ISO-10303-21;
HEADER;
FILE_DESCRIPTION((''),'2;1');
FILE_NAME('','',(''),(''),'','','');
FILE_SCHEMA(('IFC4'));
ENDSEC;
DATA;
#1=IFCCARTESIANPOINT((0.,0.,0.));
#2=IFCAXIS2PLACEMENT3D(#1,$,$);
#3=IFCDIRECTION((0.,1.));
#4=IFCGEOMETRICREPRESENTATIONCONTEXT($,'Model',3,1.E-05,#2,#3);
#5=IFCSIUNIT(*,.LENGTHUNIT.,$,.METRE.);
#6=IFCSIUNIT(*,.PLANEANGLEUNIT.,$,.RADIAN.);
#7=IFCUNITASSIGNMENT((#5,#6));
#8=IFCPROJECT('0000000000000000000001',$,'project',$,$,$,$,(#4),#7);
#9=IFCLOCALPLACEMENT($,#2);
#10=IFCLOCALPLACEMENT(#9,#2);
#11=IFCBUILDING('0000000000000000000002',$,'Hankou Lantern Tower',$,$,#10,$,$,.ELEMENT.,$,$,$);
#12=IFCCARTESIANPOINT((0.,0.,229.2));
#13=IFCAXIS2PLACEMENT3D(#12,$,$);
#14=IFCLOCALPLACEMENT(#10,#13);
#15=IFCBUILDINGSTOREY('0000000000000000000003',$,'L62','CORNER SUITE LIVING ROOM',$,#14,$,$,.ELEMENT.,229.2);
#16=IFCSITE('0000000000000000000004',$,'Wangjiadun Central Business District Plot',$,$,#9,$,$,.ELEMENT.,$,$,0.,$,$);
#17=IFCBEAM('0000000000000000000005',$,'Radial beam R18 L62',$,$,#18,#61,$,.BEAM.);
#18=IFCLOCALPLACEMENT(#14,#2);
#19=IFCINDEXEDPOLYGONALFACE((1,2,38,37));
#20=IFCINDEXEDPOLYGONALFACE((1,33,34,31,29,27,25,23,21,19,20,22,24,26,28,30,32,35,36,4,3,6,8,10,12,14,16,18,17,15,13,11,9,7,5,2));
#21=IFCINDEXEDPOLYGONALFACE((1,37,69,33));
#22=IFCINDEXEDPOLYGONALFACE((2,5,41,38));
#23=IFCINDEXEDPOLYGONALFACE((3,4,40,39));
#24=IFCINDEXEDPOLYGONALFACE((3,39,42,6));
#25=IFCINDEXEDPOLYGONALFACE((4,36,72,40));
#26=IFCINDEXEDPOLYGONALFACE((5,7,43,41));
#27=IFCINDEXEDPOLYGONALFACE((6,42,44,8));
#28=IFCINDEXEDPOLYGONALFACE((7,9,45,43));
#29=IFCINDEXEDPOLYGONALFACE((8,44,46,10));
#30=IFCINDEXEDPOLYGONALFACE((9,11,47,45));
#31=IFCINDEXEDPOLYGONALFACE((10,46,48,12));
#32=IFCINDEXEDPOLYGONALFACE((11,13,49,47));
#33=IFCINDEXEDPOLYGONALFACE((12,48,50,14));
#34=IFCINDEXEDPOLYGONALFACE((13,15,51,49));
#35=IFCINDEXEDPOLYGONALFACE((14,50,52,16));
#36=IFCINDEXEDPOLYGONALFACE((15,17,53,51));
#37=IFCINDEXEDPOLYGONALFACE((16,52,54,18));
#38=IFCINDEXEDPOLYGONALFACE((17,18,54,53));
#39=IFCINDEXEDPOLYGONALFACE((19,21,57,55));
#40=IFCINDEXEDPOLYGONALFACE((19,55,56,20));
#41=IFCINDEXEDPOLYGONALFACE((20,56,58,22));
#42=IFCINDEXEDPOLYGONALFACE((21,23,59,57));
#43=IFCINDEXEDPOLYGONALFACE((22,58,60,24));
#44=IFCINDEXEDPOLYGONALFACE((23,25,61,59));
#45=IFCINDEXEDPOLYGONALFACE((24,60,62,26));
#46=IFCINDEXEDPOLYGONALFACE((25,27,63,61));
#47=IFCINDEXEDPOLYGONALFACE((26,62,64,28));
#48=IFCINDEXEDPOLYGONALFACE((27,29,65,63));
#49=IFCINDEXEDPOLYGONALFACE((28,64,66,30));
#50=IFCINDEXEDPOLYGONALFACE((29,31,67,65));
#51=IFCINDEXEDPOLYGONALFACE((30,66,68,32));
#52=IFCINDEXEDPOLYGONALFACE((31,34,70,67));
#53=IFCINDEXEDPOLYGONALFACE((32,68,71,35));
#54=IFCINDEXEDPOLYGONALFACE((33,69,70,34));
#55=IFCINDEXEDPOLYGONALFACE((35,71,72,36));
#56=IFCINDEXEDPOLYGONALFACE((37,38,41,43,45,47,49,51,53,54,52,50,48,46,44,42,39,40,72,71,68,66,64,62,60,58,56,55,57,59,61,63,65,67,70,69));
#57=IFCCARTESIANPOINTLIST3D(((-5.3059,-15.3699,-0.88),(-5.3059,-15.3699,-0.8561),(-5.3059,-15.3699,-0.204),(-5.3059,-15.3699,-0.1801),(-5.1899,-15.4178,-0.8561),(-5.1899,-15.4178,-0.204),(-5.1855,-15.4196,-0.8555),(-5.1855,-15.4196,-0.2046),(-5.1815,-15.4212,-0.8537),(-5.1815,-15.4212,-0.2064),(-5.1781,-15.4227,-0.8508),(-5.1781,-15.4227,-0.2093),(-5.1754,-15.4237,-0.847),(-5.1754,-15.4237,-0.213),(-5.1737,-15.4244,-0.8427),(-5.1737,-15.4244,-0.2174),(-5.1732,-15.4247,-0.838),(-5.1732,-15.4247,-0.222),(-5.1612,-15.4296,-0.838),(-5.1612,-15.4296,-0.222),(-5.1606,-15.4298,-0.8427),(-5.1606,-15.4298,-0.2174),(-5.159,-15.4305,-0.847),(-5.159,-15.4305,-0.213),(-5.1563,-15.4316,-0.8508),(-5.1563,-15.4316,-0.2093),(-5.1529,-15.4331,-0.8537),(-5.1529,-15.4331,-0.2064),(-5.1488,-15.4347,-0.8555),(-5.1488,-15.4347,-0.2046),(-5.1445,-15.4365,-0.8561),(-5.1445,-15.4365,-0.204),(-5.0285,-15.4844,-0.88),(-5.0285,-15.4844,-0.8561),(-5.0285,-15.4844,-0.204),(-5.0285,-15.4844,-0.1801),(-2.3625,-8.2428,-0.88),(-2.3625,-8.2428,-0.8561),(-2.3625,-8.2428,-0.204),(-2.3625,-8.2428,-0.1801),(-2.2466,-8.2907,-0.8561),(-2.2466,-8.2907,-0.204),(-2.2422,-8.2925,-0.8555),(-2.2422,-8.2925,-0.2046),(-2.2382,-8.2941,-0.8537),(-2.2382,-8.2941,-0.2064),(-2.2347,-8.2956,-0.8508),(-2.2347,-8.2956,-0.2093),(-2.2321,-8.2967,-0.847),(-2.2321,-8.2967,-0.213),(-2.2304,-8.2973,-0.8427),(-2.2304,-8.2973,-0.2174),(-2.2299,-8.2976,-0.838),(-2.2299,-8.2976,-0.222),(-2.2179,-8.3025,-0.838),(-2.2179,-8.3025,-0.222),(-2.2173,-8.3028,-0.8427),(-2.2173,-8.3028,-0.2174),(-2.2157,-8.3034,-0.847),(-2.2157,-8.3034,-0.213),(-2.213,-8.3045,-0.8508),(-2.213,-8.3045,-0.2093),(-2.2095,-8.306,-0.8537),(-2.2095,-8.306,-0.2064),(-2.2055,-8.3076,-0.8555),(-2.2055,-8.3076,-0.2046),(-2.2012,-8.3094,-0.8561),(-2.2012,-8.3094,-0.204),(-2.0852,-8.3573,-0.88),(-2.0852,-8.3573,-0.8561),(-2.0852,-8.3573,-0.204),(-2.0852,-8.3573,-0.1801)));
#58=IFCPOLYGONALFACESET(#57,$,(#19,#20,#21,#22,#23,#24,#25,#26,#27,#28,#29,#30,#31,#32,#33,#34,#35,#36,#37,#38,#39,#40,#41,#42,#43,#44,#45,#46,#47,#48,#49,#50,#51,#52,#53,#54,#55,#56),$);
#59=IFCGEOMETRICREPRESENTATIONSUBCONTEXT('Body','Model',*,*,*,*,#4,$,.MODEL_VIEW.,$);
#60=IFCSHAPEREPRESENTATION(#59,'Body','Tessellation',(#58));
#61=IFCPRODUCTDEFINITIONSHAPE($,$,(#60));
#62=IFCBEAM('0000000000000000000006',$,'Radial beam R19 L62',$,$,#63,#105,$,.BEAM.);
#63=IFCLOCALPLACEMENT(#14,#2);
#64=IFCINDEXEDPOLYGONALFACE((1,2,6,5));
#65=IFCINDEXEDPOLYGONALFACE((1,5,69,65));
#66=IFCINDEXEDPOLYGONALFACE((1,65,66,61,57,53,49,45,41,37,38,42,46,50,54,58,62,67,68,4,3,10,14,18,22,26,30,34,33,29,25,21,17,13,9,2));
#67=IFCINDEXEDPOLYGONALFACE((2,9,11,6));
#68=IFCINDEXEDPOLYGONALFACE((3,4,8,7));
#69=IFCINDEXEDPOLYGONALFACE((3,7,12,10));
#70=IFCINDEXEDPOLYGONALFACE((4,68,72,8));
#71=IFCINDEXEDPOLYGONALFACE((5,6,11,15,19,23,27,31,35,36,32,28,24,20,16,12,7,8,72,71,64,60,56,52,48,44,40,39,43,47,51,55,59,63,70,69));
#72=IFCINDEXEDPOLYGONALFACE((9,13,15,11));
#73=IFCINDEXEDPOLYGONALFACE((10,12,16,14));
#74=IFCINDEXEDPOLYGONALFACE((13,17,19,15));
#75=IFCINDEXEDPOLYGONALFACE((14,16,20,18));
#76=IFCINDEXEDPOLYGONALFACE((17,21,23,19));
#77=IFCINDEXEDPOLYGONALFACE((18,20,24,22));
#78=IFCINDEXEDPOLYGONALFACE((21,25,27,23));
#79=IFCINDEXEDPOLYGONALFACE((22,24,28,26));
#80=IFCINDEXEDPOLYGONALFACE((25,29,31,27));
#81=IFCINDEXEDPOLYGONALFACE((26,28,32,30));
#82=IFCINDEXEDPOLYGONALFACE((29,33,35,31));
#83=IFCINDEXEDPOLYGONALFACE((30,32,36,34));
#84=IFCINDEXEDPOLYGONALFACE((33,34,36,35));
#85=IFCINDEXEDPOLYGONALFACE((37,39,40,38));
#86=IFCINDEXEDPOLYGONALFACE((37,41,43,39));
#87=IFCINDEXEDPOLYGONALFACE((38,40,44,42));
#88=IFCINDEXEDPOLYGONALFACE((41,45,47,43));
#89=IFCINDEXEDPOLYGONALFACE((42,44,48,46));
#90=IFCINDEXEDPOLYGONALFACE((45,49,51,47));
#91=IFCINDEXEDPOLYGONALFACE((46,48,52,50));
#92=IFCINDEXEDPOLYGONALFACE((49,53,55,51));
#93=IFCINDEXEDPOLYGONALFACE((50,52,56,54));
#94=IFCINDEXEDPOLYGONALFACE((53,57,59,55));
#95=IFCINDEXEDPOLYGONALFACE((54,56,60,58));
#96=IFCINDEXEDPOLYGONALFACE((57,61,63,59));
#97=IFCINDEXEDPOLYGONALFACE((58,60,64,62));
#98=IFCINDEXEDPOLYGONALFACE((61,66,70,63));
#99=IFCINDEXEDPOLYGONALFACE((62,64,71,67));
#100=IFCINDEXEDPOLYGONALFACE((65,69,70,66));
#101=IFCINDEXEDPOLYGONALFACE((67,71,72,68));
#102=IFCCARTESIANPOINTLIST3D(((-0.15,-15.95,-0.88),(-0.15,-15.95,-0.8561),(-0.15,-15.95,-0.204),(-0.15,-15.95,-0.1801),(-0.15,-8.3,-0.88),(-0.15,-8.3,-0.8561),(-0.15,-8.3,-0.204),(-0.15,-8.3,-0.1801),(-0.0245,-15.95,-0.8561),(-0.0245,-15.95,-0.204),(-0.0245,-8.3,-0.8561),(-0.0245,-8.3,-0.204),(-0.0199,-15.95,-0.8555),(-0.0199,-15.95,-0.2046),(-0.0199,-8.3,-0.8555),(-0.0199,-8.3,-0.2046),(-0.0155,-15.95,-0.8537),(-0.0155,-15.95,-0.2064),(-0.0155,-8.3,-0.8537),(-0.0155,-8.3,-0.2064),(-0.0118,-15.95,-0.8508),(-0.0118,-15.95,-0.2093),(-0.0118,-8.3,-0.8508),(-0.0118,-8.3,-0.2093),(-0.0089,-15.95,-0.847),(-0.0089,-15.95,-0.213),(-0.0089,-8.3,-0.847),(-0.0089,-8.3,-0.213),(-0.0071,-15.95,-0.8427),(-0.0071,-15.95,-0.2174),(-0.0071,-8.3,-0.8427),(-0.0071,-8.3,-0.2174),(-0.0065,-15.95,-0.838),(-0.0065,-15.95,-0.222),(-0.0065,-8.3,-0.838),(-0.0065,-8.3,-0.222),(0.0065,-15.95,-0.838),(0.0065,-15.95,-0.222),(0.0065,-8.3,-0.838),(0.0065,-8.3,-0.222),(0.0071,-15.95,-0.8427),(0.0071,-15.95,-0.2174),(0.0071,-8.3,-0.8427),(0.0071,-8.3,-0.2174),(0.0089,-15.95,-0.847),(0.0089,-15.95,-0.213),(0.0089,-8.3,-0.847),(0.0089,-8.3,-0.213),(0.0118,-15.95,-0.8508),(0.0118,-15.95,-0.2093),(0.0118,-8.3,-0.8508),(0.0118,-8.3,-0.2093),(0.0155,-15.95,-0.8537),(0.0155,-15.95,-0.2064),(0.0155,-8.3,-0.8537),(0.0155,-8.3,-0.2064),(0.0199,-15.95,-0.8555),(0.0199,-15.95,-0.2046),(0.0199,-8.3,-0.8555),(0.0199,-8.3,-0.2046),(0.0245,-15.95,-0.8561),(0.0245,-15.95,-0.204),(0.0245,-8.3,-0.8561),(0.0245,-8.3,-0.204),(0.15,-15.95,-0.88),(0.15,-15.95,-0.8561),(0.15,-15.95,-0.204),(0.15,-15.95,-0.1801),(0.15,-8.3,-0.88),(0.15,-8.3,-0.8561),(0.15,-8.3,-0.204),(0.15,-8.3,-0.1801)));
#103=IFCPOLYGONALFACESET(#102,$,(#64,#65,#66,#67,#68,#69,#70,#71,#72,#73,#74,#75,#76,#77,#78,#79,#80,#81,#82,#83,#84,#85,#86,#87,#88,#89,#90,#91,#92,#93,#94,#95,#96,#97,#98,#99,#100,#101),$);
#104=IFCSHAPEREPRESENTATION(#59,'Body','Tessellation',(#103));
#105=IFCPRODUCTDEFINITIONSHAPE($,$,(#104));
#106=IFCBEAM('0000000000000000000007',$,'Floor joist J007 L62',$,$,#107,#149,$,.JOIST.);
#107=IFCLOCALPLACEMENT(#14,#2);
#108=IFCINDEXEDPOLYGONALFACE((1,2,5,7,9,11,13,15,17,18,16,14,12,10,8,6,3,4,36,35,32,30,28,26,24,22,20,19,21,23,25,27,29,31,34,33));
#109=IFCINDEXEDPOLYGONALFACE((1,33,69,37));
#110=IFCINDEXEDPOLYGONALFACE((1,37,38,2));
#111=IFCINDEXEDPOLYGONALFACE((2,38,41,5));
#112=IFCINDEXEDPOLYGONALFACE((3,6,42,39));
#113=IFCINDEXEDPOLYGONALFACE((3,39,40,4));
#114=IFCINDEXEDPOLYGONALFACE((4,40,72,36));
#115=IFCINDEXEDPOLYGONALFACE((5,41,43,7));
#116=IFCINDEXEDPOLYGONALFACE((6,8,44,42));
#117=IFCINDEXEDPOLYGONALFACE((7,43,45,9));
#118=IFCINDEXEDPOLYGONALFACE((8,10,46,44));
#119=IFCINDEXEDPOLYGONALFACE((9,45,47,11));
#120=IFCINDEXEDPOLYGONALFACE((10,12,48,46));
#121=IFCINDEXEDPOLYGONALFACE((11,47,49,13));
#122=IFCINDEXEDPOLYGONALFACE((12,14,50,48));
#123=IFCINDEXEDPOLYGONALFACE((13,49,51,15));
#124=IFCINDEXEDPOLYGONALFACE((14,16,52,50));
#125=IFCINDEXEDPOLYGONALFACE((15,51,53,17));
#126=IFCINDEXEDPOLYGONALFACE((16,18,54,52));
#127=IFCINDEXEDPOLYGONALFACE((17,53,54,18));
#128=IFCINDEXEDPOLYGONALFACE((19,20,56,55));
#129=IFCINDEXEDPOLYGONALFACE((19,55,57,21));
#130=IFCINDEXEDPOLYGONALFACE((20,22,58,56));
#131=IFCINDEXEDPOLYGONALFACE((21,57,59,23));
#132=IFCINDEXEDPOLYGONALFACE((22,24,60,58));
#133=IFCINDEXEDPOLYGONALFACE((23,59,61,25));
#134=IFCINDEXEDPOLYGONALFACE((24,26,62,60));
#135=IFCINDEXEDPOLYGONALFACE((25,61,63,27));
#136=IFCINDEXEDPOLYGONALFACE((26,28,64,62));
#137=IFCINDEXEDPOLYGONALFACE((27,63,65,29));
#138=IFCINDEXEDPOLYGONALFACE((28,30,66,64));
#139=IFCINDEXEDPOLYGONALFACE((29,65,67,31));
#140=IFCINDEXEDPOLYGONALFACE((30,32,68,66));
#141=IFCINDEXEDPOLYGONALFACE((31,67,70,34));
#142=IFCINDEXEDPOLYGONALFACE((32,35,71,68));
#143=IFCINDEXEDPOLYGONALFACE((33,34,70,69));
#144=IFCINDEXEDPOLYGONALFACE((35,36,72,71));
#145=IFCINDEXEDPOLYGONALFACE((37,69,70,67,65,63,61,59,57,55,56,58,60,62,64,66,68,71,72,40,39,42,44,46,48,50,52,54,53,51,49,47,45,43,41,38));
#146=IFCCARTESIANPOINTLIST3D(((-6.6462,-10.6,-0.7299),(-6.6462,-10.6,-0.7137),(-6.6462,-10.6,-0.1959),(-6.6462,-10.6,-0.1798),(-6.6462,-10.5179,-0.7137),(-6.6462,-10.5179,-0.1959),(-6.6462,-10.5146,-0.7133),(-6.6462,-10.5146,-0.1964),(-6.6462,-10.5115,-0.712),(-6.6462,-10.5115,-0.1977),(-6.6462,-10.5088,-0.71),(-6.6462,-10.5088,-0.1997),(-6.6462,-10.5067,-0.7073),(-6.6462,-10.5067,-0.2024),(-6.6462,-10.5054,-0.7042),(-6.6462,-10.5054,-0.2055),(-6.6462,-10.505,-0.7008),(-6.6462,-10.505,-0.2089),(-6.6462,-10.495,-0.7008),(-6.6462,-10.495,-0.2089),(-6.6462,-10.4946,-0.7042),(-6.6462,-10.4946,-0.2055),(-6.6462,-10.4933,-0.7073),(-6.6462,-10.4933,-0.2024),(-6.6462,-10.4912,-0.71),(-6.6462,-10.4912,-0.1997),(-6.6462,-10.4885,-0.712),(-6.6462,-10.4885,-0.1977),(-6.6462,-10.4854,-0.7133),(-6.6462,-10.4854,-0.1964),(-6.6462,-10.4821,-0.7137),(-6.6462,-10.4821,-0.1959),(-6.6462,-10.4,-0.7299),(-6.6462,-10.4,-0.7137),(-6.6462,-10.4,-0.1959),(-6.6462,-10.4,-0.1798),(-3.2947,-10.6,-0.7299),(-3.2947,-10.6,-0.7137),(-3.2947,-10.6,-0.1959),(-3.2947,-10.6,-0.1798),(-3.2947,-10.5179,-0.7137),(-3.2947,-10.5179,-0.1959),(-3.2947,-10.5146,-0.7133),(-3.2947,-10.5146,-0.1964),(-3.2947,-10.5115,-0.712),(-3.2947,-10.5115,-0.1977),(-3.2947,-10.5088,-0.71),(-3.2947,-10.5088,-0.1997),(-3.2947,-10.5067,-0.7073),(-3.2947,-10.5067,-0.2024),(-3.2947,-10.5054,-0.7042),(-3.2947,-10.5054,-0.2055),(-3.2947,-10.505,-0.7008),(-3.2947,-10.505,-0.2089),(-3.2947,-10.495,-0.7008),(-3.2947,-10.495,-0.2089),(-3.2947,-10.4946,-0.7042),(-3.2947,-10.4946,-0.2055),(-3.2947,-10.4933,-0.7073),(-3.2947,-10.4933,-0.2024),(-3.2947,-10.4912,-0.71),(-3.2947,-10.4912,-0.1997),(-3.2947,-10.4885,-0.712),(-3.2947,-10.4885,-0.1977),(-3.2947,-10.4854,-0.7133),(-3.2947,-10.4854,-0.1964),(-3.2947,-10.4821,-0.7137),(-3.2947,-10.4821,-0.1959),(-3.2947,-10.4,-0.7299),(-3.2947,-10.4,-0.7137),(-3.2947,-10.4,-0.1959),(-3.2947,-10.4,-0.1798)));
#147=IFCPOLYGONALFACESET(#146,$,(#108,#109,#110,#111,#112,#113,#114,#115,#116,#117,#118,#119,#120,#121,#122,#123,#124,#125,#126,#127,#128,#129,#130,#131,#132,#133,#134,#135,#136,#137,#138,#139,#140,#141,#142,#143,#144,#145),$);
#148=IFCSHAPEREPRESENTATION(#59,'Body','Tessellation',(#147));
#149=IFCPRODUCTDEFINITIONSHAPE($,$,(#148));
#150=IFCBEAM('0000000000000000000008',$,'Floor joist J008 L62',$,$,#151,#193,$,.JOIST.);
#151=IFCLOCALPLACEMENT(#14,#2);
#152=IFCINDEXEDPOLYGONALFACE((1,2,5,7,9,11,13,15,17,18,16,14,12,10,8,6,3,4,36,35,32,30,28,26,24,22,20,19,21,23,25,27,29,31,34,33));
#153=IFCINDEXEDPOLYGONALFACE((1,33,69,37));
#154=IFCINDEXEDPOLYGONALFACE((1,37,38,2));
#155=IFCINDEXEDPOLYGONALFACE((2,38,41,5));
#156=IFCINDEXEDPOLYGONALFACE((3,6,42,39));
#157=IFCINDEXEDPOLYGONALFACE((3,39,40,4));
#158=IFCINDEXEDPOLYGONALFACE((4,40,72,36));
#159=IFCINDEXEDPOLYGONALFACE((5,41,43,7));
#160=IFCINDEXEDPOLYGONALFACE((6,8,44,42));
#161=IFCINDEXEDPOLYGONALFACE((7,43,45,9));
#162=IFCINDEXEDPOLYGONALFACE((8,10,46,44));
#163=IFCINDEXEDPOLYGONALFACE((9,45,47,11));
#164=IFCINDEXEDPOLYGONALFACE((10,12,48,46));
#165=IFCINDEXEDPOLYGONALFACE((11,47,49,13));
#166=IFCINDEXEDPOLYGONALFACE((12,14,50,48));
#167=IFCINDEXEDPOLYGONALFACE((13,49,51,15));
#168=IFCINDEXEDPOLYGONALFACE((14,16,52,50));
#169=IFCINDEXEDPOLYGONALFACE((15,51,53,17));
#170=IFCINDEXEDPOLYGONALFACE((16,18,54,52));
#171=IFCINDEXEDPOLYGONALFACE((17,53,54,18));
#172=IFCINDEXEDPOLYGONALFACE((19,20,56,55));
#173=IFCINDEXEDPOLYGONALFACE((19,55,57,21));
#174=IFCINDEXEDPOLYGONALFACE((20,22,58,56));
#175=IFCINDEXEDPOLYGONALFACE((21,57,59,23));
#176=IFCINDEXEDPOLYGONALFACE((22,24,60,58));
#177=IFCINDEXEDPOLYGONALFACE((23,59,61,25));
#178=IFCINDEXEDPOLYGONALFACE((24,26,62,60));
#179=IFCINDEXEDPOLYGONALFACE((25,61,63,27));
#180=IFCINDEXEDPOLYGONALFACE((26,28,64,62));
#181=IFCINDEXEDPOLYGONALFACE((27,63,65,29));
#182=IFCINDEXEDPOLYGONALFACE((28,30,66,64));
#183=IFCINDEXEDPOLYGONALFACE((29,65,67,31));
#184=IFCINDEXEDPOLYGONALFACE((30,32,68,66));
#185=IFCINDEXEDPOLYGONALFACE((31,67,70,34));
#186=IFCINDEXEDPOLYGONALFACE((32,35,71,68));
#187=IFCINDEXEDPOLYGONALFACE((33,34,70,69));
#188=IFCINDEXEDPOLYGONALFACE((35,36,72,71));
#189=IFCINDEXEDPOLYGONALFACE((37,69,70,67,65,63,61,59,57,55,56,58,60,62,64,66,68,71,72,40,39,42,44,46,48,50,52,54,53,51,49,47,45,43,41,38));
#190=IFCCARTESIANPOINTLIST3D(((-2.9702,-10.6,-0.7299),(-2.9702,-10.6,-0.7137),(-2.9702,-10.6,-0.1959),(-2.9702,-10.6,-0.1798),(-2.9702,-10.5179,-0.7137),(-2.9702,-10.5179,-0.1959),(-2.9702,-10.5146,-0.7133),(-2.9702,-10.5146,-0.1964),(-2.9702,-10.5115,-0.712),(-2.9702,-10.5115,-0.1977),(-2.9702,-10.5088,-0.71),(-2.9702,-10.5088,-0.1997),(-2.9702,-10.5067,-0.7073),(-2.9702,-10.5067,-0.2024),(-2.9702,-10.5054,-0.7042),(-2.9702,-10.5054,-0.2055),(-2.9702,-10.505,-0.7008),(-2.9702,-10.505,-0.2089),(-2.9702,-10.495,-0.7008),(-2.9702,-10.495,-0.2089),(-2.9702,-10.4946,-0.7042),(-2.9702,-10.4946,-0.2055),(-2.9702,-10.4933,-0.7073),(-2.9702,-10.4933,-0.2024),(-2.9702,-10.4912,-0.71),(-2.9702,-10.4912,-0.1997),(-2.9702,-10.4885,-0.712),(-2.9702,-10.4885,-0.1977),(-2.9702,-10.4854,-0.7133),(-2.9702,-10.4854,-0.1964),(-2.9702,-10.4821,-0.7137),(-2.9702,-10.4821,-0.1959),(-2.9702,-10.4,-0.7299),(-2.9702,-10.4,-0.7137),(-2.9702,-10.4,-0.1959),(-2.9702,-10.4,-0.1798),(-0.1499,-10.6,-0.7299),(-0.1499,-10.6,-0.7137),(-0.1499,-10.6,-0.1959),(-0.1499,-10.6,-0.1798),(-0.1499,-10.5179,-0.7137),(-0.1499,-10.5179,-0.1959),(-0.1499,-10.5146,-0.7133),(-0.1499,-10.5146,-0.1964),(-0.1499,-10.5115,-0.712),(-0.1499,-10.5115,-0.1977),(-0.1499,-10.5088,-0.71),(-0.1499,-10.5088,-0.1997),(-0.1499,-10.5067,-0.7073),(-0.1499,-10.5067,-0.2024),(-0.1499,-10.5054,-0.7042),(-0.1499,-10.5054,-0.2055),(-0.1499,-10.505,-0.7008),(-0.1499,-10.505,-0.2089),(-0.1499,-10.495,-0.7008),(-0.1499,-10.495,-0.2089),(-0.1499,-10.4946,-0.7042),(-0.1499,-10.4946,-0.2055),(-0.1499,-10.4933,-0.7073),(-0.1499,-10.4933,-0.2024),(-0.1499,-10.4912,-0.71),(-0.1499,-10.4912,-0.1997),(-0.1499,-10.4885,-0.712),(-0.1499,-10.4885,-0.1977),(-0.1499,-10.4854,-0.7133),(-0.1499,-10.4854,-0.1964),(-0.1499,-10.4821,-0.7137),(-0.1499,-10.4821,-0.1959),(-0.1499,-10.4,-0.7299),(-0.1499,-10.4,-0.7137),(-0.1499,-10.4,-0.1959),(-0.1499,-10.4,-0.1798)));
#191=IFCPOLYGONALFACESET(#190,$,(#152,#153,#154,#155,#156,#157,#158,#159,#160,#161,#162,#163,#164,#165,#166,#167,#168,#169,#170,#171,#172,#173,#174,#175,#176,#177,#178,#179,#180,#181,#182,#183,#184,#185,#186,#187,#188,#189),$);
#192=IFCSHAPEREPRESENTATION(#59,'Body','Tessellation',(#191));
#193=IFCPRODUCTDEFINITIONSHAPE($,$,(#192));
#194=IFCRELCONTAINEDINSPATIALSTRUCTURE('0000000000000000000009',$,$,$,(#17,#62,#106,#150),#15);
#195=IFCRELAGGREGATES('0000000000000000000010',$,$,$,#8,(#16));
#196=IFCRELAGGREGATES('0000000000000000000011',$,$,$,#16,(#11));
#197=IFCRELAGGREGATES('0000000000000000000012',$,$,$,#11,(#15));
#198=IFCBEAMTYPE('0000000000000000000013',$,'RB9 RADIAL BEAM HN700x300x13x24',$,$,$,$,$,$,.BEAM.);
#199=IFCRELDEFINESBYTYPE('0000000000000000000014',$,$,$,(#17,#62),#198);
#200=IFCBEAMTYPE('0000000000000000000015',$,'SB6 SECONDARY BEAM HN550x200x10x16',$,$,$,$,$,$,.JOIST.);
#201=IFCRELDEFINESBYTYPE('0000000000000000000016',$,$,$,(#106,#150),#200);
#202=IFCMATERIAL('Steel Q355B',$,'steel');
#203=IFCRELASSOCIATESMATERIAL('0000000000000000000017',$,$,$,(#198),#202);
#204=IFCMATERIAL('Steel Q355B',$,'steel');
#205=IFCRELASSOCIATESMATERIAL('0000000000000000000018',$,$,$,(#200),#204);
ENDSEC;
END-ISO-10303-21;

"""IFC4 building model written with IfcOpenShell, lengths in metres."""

from ifc_helpers import new_model, si_unit, direction, frame, origin, origin_2d, place, context, subcontext, project, spatial, i_section, extrude, material, material_profile, profile_set, type_object, element, save


model = new_model("IFC4")

# Units and contexts
model_context = context("Model", 3, precision=1e-05, world=origin(), true_north=direction((0.0, 1.0)))
body_context = subcontext(model_context, "Body", "Model", "MODEL_VIEW")
ifc_project = project(units=[si_unit("LENGTHUNIT", "METRE"), si_unit("PLANEANGLEUNIT", "RADIAN")], contexts=[model_context])

# Site, building, storey
site_placement = place(None, origin())
site = spatial("IfcSite", under=ifc_project, at=site_placement, Name="Wangjiadun Central Business District Plot", CompositionType="ELEMENT", RefElevation=0.0)
building_placement = place(site_placement, origin())
building = spatial("IfcBuilding", under=site, at=building_placement, Name="Hankou Lantern Tower", CompositionType="ELEMENT")
storey_placement = place(building_placement, frame((0.0, 0.0, 229.2)))
storey = spatial("IfcBuildingStorey", under=building, at=storey_placement, Name="L62", Description="CORNER SUITE LIVING ROOM", CompositionType="ELEMENT", Elevation=229.2)

# Beams
ifc_material_1 = material(Name="Steel Q355B", Category="steel")
ifc_material_profile_1 = material_profile(ifc_material_1, i_section(OverallWidth=0.3, OverallDepth=0.7, WebThickness=0.0129, FlangeThickness=0.0239, FilletRadius=0.0181, at=origin_2d()), Name="HN700x300x13x24")
ifc_profile_set_1 = profile_set([ifc_material_profile_1], Name="Steel Q355B")
beam_type_1 = type_object("IfcBeamType", Name="RB9 RADIAL BEAM HN700x300x13x24", PredefinedType="BEAM", material=ifc_profile_set_1)
beam_1_placement = place(storey_placement, frame((-2.2239, -8.3, -0.53), z_axis=(-0.381707, -0.924284, 0.0), x_axis=(0.924284, -0.381707, 0.0)))
element("IfcBeam", 1, at=beam_1_placement, inside=storey, type_object=beam_type_1, Name="Radial beam R18 L62", PredefinedType="BEAM", context=body_context, shape_type="SweptSolid", body=[
    extrude(i_section(OverallWidth=0.3, OverallDepth=0.7, WebThickness=0.0129, FlangeThickness=0.0239, FilletRadius=0.0181, at=origin_2d()), origin(), (0.0, 0.0, 1.0), 7.7109),
])
beam_2_placement = place(storey_placement, frame((0.0, -8.3, -0.53), z_axis=(0.0, -1.0, 0.0), x_axis=(1.0, 0.0, 0.0)))
element("IfcBeam", 2, at=beam_2_placement, inside=storey, type_object=beam_type_1, Name="Radial beam R19 L62", PredefinedType="BEAM", context=body_context, shape_type="SweptSolid", body=[
    extrude(i_section(OverallWidth=0.3, OverallDepth=0.7, WebThickness=0.0129, FlangeThickness=0.0239, FilletRadius=0.0181, at=origin_2d()), origin(), (0.0, 0.0, 1.0), 7.6499),
])
ifc_material_2 = material(Name="Steel Q355B", Category="steel")
ifc_material_profile_2 = material_profile(ifc_material_2, i_section(OverallWidth=0.2, OverallDepth=0.55, WebThickness=0.01, FlangeThickness=0.0161, FilletRadius=0.0129, at=origin_2d()), Name="HN550x200x10x16")
ifc_profile_set_2 = profile_set([ifc_material_profile_2], Name="Steel Q355B")
beam_type_2 = type_object("IfcBeamType", Name="SB6 SECONDARY BEAM HN550x200x10x16", PredefinedType="JOIST", material=ifc_profile_set_2)
beam_3_placement = place(storey_placement, frame((-6.6462, -10.5, -0.4548), z_axis=(1.0, 0.0, 0.0), x_axis=(0.0, 1.0, 0.0)))
element("IfcBeam", 3, at=beam_3_placement, inside=storey, type_object=beam_type_2, Name="Floor joist J007 L62", PredefinedType="JOIST", context=body_context, shape_type="SweptSolid", body=[
    extrude(i_section(OverallWidth=0.2, OverallDepth=0.55, WebThickness=0.01, FlangeThickness=0.0161, FilletRadius=0.0129, at=origin_2d()), origin(), (0.0, 0.0, 1.0), 3.3516),
])
beam_4_placement = place(storey_placement, frame((-2.9702, -10.5, -0.4548), z_axis=(1.0, 0.0, 0.0), x_axis=(0.0, 1.0, 0.0)))
element("IfcBeam", 4, at=beam_4_placement, inside=storey, type_object=beam_type_2, Name="Floor joist J008 L62", PredefinedType="JOIST", context=body_context, shape_type="SweptSolid", body=[
    extrude(i_section(OverallWidth=0.2, OverallDepth=0.55, WebThickness=0.01, FlangeThickness=0.0161, FilletRadius=0.0129, at=origin_2d()), origin(), (0.0, 0.0, 1.0), 2.8203),
])

save(model, "model.ifc")
